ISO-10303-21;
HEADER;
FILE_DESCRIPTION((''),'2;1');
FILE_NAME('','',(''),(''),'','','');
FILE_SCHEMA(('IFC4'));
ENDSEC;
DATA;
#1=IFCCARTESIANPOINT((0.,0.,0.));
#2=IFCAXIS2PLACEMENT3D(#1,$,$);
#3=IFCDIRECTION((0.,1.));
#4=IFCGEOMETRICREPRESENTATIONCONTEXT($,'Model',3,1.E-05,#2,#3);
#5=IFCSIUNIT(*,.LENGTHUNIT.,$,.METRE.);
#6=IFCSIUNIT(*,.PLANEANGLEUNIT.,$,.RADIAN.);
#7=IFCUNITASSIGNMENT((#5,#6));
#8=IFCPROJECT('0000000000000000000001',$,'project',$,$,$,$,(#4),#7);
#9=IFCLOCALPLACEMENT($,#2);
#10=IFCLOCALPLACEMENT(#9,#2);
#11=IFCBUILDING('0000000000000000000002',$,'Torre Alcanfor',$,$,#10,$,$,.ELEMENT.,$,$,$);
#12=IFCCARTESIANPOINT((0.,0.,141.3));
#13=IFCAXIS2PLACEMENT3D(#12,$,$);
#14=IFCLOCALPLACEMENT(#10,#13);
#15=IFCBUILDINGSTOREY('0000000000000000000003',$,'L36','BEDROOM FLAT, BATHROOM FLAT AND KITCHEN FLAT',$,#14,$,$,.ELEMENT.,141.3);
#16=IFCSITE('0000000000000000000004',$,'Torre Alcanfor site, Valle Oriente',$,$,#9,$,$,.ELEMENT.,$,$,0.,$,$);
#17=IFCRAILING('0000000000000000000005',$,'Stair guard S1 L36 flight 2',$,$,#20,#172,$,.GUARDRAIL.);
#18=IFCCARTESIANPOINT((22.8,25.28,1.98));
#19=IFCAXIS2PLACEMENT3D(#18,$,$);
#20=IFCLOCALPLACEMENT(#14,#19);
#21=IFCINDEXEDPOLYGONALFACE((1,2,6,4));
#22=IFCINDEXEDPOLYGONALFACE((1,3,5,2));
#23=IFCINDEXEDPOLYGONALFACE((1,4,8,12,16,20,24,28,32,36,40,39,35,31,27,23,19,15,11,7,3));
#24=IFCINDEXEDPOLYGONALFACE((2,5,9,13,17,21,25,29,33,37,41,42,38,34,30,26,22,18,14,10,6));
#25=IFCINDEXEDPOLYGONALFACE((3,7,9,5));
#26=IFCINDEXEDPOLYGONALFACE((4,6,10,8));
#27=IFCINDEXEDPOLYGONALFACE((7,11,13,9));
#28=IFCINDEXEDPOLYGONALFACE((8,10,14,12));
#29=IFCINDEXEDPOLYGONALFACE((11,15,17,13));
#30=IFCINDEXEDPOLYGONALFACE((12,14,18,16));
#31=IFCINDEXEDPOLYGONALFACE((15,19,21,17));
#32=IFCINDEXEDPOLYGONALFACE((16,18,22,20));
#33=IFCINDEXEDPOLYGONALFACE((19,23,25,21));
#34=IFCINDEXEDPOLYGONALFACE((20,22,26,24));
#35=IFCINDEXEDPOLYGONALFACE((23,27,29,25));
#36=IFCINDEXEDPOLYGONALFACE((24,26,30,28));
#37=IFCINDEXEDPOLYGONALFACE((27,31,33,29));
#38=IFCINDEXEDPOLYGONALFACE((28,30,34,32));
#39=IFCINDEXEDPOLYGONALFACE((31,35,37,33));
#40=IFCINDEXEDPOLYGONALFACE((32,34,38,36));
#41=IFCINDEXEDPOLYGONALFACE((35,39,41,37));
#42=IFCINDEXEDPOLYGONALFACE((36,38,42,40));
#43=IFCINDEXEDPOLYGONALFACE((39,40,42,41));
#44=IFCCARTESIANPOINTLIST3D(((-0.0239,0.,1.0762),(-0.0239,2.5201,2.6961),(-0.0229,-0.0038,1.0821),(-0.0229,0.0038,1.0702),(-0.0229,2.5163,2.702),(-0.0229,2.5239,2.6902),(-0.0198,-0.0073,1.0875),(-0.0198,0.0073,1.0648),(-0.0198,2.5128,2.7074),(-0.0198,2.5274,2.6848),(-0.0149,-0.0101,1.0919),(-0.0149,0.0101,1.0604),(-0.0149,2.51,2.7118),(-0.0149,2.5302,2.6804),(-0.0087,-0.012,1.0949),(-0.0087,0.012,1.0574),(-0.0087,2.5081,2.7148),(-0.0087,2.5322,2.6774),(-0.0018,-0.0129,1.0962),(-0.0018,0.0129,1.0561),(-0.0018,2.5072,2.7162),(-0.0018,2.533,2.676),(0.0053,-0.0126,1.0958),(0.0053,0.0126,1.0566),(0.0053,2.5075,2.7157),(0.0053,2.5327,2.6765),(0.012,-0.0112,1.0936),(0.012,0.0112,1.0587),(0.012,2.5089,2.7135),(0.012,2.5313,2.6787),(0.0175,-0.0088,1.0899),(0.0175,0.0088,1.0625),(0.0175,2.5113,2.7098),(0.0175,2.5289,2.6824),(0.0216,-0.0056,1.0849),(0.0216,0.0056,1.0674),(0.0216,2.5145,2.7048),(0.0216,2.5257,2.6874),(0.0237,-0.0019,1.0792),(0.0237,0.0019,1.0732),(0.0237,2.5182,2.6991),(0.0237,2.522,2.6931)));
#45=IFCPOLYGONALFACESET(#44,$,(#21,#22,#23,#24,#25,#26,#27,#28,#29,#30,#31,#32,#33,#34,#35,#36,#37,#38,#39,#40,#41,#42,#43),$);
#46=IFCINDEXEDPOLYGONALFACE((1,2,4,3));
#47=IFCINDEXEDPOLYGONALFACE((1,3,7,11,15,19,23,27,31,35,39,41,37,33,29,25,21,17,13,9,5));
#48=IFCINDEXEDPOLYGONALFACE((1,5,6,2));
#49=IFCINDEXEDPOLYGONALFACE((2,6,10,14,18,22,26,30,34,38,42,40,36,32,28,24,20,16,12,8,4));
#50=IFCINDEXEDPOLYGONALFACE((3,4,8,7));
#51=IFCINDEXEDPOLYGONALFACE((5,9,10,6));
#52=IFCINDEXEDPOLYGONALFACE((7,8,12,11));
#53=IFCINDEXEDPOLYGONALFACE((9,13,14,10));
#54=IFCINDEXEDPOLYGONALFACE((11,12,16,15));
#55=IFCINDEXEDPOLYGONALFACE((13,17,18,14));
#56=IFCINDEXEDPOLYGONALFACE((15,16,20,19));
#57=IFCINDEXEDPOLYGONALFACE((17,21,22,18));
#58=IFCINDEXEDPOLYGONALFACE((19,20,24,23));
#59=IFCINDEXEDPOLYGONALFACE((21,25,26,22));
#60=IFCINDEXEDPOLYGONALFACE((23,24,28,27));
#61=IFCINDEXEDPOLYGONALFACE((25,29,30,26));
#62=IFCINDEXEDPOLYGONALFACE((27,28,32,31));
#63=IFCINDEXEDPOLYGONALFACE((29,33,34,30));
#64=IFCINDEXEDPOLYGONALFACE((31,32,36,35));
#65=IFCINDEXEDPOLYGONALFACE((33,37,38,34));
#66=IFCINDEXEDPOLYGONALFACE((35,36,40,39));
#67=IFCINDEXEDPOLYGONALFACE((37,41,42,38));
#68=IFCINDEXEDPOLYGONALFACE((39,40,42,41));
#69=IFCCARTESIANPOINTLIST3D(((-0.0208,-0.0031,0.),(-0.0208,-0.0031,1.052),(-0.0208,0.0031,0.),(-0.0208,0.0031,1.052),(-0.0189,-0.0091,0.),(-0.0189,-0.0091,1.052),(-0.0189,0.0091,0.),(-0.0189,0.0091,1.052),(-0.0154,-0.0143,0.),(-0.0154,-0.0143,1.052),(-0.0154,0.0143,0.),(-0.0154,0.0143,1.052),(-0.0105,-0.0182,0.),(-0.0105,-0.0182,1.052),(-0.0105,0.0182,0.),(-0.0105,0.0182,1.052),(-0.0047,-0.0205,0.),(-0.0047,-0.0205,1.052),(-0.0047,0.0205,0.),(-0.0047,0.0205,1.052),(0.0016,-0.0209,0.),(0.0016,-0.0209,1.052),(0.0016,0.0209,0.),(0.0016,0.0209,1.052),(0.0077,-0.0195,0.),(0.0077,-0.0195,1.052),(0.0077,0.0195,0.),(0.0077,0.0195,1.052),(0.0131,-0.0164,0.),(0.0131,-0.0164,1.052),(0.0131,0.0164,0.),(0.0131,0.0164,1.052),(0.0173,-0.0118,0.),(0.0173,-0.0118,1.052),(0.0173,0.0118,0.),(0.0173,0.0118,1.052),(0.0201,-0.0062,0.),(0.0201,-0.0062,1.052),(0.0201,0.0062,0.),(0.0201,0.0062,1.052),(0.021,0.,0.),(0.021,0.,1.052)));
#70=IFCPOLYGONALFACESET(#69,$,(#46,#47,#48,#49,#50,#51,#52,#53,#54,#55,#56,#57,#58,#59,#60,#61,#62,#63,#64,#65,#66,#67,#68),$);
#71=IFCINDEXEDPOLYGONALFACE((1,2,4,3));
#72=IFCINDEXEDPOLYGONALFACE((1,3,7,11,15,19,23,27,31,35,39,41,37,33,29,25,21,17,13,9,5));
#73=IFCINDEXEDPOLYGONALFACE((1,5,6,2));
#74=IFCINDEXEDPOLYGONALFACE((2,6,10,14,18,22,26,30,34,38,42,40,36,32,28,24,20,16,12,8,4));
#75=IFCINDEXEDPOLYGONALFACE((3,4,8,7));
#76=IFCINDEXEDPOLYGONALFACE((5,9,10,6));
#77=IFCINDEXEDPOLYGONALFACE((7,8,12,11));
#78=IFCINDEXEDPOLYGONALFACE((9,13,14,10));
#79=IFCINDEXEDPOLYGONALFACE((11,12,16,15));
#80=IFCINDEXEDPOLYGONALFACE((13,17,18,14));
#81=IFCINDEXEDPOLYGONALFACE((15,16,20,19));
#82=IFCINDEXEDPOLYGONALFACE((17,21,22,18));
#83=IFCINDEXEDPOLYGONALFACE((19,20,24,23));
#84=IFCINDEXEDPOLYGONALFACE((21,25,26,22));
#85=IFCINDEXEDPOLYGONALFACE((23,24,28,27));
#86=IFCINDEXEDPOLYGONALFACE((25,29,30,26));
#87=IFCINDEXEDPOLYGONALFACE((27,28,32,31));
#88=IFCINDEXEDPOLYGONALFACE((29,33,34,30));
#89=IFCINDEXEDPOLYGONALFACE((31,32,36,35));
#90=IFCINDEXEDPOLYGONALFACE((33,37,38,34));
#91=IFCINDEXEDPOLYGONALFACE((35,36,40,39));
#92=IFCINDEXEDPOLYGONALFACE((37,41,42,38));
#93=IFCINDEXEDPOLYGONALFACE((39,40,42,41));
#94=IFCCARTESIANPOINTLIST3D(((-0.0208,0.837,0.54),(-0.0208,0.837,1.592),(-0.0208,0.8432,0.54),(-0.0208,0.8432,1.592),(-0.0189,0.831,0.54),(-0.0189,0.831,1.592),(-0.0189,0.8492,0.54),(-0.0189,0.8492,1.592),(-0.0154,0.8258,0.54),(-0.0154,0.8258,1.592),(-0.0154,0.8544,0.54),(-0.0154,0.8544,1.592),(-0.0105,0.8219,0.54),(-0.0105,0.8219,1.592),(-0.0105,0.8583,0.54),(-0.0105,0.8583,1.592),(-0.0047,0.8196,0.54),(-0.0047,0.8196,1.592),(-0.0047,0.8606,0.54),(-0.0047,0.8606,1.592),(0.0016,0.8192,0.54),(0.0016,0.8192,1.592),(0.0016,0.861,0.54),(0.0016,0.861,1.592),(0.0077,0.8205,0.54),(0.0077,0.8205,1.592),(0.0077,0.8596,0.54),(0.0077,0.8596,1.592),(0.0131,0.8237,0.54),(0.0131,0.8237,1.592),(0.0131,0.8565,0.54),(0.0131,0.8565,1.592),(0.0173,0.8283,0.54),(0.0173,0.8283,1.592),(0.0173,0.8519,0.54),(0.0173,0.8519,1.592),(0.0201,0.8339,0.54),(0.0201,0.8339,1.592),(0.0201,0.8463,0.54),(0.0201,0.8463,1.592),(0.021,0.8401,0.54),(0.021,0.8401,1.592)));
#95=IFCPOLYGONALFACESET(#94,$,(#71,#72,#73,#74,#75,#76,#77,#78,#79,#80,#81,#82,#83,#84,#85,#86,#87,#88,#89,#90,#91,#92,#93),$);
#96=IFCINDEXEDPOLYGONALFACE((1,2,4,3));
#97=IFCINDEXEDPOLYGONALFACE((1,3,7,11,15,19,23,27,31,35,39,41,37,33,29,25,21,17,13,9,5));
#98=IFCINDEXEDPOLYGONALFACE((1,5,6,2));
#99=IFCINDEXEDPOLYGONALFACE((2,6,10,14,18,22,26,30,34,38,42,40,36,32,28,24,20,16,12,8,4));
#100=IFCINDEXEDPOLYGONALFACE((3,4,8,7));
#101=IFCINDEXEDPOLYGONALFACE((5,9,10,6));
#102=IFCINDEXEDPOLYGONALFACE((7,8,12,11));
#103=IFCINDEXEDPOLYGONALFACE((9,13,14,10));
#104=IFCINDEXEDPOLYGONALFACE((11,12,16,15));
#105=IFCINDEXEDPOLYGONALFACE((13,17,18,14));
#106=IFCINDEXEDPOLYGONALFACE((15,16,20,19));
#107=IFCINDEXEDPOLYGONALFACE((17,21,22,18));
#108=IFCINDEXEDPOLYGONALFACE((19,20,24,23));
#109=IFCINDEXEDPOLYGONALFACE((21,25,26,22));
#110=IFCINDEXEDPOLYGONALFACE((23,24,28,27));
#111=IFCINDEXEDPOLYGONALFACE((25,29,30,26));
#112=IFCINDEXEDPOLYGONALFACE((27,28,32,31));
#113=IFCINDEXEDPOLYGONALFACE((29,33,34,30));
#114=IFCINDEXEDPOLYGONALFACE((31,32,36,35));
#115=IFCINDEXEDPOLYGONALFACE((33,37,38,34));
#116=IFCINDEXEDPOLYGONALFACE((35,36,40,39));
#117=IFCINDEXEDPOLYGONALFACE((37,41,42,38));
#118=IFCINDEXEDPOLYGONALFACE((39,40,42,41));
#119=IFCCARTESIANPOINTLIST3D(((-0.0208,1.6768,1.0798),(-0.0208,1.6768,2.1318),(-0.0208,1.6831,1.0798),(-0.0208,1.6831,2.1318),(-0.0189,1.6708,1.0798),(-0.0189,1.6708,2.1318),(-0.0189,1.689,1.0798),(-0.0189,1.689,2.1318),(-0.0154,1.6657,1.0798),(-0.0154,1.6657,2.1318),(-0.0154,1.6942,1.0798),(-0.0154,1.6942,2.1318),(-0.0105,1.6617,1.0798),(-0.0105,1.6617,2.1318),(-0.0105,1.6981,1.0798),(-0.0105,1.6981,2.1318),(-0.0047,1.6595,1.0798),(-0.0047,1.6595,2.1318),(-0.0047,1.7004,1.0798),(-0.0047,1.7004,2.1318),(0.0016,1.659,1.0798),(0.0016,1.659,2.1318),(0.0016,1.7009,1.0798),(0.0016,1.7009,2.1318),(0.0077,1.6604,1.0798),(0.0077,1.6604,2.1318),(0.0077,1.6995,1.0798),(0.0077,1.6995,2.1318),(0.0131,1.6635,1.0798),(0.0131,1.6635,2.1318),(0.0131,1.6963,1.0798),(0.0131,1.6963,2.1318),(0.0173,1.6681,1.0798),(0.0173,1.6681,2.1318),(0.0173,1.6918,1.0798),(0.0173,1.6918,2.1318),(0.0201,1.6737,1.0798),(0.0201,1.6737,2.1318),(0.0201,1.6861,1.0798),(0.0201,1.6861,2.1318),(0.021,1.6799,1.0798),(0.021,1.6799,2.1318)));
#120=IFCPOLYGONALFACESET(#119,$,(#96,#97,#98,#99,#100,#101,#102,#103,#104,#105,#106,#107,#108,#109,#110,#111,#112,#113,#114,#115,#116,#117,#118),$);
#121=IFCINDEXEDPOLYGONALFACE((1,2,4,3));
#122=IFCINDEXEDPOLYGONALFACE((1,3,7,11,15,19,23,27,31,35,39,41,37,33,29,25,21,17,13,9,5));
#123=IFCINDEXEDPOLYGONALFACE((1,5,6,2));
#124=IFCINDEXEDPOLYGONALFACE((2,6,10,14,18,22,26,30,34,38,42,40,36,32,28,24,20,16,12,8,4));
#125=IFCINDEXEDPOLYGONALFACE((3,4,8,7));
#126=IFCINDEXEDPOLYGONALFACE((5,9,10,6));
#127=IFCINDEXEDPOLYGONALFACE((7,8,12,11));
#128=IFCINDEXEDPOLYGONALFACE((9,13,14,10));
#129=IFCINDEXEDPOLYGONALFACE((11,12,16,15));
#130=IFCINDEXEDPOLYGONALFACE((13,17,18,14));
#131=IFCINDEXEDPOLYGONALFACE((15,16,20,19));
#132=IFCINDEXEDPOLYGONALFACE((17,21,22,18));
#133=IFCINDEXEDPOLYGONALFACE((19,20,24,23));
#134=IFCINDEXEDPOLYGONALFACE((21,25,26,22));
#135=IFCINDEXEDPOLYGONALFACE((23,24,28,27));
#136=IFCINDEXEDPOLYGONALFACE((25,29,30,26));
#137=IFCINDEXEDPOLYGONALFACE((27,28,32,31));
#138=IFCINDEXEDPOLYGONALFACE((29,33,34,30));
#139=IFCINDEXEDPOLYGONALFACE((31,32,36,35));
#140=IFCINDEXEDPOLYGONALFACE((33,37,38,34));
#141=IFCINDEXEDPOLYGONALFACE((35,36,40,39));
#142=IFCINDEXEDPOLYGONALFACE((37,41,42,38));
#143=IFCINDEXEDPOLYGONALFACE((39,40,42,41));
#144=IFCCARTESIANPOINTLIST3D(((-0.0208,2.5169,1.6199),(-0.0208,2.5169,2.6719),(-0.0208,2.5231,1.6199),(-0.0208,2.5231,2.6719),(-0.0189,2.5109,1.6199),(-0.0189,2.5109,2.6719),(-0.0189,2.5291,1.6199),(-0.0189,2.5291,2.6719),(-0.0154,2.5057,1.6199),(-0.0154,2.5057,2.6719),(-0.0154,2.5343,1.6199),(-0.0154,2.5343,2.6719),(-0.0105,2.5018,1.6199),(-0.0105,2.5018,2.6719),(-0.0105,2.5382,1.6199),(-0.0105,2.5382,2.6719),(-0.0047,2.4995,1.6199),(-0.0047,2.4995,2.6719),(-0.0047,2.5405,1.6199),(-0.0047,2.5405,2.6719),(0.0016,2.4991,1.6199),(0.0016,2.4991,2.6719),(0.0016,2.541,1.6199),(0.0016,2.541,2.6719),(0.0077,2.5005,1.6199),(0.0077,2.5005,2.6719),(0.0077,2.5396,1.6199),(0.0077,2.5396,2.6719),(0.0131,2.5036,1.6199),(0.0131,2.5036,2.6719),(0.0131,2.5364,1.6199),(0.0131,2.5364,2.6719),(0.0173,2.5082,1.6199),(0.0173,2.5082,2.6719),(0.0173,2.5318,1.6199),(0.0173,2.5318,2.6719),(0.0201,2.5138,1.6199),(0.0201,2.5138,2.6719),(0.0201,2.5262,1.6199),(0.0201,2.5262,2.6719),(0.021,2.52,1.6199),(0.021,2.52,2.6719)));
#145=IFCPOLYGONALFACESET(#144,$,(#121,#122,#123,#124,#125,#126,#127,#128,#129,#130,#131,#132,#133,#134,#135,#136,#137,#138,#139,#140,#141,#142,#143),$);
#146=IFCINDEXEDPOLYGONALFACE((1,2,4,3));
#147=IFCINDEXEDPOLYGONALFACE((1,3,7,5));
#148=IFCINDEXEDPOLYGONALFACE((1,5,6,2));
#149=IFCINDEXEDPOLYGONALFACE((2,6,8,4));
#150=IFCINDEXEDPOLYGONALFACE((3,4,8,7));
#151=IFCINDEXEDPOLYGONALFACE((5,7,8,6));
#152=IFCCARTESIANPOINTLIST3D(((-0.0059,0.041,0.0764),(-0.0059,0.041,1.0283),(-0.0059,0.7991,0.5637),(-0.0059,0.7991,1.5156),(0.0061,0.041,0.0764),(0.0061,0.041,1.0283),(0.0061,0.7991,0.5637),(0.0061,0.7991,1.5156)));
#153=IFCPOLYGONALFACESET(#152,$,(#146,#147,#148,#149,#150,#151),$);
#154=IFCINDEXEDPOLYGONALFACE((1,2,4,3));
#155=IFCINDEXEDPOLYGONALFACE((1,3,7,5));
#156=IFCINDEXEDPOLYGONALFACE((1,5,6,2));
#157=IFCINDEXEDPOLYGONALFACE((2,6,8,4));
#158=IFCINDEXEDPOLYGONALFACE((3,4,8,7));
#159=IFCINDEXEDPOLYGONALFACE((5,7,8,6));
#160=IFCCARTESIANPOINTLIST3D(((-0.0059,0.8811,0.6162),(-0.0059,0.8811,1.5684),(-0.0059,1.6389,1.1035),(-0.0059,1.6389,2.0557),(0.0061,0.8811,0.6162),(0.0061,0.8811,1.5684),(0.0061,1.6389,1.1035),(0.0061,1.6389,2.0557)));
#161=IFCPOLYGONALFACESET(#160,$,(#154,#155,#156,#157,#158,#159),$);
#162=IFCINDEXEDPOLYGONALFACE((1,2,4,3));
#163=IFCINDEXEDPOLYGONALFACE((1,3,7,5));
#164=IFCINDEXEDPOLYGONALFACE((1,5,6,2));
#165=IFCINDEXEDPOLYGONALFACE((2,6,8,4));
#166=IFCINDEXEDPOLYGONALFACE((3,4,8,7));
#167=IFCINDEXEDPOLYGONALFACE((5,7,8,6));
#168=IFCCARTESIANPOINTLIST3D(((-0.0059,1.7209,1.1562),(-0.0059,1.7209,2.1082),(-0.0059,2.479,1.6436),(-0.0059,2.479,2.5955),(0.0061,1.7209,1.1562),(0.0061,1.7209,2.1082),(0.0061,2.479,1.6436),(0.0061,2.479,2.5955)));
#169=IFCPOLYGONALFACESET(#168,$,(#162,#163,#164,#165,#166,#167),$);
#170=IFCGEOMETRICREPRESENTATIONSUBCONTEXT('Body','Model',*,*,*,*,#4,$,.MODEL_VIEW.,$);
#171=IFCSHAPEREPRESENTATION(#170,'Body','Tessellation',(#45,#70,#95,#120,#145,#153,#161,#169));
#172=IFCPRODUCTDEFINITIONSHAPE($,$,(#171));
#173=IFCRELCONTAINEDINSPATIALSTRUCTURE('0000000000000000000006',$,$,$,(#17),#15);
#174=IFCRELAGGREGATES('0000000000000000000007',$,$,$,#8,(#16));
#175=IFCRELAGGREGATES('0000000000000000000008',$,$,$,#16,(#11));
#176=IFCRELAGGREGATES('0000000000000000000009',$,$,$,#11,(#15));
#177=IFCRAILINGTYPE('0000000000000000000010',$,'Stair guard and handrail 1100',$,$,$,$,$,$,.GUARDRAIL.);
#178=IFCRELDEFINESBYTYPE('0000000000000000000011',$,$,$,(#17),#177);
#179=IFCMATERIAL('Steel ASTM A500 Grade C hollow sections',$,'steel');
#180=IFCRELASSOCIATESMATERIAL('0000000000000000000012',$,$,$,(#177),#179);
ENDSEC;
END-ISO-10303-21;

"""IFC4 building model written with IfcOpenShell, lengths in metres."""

from ifc_helpers import new_model, si_unit, direction, frame, origin, origin_2d, place, context, subcontext, project, spatial, polyline, circle, outline, extrude, material, type_object, element, save


model = new_model("IFC4")

# Units and contexts
model_context = context("Model", 3, precision=1e-05, world=origin(), true_north=direction((0.0, 1.0)))
body_context = subcontext(model_context, "Body", "Model", "MODEL_VIEW")
ifc_project = project(units=[si_unit("LENGTHUNIT", "METRE"), si_unit("PLANEANGLEUNIT", "RADIAN")], contexts=[model_context])

# Site, building, storey
site_placement = place(None, origin())
site = spatial("IfcSite", under=ifc_project, at=site_placement, Name="Torre Alcanfor site, Valle Oriente", CompositionType="ELEMENT", RefElevation=0.0)
building_placement = place(site_placement, origin())
building = spatial("IfcBuilding", under=site, at=building_placement, Name="Torre Alcanfor", CompositionType="ELEMENT")
storey_placement = place(building_placement, frame((0.0, 0.0, 141.3)))
storey = spatial("IfcBuildingStorey", under=building, at=storey_placement, Name="L36", Description="BEDROOM FLAT, BATHROOM FLAT AND KITCHEN FLAT", CompositionType="ELEMENT", Elevation=141.3)

# Railing
ifc_material_1 = material(Name="Steel ASTM A500 Grade C hollow sections", Category="steel")
railing_type_1 = type_object("IfcRailingType", Name="Stair guard and handrail 1100", PredefinedType="GUARDRAIL", material=ifc_material_1)
railing_1_placement = place(storey_placement, frame((22.8, 25.28, 1.98)))
element("IfcRailing", 1, at=railing_1_placement, inside=storey, type_object=railing_type_1, Name="Stair guard S1 L36 flight 2", PredefinedType="GUARDRAIL", context=body_context, shape_type="SweptSolid", body=[
    extrude(circle(Radius=0.0239, at=origin_2d()), frame((0.0, 0.0, 1.0762), z_axis=(0.0, 0.8412, 0.540725), x_axis=(-1.0, 0.0, 0.0)), (0.0, 0.0, 1.0), 2.9958),
    extrude(circle(Radius=0.021, at=origin_2d()), origin(), (0.0, 0.0, 1.0), 1.052),
    extrude(circle(Radius=0.021, at=origin_2d()), frame((0.0, 0.8401, 0.54)), (0.0, 0.0, 1.0), 1.052),
    extrude(circle(Radius=0.021, at=origin_2d()), frame((0.0, 1.6799, 1.0798)), (0.0, 0.0, 1.0), 1.052),
    extrude(circle(Radius=0.021, at=origin_2d()), frame((0.0, 2.52, 1.6199)), (0.0, 0.0, 1.0), 1.052),
    extrude(outline(polyline([(0.041, 0.0764), (0.7991, 0.5637), (0.7991, 1.5156), (0.041, 1.0283), (0.041, 0.0764)])), frame((-0.0059, 0.0, 0.0), z_axis=(1.0, 0.0, 0.0), x_axis=(0.0, 1.0, 0.0)), (0.0, 0.0, 1.0), 0.012),
    extrude(outline(polyline([(0.8811, 0.6162), (1.6389, 1.1035), (1.6389, 2.0557), (0.8811, 1.5684), (0.8811, 0.6162)])), frame((-0.0059, 0.0, 0.0), z_axis=(1.0, 0.0, 0.0), x_axis=(0.0, 1.0, 0.0)), (0.0, 0.0, 1.0), 0.012),
    extrude(outline(polyline([(1.7209, 1.1562), (2.479, 1.6436), (2.479, 2.5955), (1.7209, 2.1082), (1.7209, 1.1562)])), frame((-0.0059, 0.0, 0.0), z_axis=(1.0, 0.0, 0.0), x_axis=(0.0, 1.0, 0.0)), (0.0, 0.0, 1.0), 0.012),
])

save(model, "model.ifc")
